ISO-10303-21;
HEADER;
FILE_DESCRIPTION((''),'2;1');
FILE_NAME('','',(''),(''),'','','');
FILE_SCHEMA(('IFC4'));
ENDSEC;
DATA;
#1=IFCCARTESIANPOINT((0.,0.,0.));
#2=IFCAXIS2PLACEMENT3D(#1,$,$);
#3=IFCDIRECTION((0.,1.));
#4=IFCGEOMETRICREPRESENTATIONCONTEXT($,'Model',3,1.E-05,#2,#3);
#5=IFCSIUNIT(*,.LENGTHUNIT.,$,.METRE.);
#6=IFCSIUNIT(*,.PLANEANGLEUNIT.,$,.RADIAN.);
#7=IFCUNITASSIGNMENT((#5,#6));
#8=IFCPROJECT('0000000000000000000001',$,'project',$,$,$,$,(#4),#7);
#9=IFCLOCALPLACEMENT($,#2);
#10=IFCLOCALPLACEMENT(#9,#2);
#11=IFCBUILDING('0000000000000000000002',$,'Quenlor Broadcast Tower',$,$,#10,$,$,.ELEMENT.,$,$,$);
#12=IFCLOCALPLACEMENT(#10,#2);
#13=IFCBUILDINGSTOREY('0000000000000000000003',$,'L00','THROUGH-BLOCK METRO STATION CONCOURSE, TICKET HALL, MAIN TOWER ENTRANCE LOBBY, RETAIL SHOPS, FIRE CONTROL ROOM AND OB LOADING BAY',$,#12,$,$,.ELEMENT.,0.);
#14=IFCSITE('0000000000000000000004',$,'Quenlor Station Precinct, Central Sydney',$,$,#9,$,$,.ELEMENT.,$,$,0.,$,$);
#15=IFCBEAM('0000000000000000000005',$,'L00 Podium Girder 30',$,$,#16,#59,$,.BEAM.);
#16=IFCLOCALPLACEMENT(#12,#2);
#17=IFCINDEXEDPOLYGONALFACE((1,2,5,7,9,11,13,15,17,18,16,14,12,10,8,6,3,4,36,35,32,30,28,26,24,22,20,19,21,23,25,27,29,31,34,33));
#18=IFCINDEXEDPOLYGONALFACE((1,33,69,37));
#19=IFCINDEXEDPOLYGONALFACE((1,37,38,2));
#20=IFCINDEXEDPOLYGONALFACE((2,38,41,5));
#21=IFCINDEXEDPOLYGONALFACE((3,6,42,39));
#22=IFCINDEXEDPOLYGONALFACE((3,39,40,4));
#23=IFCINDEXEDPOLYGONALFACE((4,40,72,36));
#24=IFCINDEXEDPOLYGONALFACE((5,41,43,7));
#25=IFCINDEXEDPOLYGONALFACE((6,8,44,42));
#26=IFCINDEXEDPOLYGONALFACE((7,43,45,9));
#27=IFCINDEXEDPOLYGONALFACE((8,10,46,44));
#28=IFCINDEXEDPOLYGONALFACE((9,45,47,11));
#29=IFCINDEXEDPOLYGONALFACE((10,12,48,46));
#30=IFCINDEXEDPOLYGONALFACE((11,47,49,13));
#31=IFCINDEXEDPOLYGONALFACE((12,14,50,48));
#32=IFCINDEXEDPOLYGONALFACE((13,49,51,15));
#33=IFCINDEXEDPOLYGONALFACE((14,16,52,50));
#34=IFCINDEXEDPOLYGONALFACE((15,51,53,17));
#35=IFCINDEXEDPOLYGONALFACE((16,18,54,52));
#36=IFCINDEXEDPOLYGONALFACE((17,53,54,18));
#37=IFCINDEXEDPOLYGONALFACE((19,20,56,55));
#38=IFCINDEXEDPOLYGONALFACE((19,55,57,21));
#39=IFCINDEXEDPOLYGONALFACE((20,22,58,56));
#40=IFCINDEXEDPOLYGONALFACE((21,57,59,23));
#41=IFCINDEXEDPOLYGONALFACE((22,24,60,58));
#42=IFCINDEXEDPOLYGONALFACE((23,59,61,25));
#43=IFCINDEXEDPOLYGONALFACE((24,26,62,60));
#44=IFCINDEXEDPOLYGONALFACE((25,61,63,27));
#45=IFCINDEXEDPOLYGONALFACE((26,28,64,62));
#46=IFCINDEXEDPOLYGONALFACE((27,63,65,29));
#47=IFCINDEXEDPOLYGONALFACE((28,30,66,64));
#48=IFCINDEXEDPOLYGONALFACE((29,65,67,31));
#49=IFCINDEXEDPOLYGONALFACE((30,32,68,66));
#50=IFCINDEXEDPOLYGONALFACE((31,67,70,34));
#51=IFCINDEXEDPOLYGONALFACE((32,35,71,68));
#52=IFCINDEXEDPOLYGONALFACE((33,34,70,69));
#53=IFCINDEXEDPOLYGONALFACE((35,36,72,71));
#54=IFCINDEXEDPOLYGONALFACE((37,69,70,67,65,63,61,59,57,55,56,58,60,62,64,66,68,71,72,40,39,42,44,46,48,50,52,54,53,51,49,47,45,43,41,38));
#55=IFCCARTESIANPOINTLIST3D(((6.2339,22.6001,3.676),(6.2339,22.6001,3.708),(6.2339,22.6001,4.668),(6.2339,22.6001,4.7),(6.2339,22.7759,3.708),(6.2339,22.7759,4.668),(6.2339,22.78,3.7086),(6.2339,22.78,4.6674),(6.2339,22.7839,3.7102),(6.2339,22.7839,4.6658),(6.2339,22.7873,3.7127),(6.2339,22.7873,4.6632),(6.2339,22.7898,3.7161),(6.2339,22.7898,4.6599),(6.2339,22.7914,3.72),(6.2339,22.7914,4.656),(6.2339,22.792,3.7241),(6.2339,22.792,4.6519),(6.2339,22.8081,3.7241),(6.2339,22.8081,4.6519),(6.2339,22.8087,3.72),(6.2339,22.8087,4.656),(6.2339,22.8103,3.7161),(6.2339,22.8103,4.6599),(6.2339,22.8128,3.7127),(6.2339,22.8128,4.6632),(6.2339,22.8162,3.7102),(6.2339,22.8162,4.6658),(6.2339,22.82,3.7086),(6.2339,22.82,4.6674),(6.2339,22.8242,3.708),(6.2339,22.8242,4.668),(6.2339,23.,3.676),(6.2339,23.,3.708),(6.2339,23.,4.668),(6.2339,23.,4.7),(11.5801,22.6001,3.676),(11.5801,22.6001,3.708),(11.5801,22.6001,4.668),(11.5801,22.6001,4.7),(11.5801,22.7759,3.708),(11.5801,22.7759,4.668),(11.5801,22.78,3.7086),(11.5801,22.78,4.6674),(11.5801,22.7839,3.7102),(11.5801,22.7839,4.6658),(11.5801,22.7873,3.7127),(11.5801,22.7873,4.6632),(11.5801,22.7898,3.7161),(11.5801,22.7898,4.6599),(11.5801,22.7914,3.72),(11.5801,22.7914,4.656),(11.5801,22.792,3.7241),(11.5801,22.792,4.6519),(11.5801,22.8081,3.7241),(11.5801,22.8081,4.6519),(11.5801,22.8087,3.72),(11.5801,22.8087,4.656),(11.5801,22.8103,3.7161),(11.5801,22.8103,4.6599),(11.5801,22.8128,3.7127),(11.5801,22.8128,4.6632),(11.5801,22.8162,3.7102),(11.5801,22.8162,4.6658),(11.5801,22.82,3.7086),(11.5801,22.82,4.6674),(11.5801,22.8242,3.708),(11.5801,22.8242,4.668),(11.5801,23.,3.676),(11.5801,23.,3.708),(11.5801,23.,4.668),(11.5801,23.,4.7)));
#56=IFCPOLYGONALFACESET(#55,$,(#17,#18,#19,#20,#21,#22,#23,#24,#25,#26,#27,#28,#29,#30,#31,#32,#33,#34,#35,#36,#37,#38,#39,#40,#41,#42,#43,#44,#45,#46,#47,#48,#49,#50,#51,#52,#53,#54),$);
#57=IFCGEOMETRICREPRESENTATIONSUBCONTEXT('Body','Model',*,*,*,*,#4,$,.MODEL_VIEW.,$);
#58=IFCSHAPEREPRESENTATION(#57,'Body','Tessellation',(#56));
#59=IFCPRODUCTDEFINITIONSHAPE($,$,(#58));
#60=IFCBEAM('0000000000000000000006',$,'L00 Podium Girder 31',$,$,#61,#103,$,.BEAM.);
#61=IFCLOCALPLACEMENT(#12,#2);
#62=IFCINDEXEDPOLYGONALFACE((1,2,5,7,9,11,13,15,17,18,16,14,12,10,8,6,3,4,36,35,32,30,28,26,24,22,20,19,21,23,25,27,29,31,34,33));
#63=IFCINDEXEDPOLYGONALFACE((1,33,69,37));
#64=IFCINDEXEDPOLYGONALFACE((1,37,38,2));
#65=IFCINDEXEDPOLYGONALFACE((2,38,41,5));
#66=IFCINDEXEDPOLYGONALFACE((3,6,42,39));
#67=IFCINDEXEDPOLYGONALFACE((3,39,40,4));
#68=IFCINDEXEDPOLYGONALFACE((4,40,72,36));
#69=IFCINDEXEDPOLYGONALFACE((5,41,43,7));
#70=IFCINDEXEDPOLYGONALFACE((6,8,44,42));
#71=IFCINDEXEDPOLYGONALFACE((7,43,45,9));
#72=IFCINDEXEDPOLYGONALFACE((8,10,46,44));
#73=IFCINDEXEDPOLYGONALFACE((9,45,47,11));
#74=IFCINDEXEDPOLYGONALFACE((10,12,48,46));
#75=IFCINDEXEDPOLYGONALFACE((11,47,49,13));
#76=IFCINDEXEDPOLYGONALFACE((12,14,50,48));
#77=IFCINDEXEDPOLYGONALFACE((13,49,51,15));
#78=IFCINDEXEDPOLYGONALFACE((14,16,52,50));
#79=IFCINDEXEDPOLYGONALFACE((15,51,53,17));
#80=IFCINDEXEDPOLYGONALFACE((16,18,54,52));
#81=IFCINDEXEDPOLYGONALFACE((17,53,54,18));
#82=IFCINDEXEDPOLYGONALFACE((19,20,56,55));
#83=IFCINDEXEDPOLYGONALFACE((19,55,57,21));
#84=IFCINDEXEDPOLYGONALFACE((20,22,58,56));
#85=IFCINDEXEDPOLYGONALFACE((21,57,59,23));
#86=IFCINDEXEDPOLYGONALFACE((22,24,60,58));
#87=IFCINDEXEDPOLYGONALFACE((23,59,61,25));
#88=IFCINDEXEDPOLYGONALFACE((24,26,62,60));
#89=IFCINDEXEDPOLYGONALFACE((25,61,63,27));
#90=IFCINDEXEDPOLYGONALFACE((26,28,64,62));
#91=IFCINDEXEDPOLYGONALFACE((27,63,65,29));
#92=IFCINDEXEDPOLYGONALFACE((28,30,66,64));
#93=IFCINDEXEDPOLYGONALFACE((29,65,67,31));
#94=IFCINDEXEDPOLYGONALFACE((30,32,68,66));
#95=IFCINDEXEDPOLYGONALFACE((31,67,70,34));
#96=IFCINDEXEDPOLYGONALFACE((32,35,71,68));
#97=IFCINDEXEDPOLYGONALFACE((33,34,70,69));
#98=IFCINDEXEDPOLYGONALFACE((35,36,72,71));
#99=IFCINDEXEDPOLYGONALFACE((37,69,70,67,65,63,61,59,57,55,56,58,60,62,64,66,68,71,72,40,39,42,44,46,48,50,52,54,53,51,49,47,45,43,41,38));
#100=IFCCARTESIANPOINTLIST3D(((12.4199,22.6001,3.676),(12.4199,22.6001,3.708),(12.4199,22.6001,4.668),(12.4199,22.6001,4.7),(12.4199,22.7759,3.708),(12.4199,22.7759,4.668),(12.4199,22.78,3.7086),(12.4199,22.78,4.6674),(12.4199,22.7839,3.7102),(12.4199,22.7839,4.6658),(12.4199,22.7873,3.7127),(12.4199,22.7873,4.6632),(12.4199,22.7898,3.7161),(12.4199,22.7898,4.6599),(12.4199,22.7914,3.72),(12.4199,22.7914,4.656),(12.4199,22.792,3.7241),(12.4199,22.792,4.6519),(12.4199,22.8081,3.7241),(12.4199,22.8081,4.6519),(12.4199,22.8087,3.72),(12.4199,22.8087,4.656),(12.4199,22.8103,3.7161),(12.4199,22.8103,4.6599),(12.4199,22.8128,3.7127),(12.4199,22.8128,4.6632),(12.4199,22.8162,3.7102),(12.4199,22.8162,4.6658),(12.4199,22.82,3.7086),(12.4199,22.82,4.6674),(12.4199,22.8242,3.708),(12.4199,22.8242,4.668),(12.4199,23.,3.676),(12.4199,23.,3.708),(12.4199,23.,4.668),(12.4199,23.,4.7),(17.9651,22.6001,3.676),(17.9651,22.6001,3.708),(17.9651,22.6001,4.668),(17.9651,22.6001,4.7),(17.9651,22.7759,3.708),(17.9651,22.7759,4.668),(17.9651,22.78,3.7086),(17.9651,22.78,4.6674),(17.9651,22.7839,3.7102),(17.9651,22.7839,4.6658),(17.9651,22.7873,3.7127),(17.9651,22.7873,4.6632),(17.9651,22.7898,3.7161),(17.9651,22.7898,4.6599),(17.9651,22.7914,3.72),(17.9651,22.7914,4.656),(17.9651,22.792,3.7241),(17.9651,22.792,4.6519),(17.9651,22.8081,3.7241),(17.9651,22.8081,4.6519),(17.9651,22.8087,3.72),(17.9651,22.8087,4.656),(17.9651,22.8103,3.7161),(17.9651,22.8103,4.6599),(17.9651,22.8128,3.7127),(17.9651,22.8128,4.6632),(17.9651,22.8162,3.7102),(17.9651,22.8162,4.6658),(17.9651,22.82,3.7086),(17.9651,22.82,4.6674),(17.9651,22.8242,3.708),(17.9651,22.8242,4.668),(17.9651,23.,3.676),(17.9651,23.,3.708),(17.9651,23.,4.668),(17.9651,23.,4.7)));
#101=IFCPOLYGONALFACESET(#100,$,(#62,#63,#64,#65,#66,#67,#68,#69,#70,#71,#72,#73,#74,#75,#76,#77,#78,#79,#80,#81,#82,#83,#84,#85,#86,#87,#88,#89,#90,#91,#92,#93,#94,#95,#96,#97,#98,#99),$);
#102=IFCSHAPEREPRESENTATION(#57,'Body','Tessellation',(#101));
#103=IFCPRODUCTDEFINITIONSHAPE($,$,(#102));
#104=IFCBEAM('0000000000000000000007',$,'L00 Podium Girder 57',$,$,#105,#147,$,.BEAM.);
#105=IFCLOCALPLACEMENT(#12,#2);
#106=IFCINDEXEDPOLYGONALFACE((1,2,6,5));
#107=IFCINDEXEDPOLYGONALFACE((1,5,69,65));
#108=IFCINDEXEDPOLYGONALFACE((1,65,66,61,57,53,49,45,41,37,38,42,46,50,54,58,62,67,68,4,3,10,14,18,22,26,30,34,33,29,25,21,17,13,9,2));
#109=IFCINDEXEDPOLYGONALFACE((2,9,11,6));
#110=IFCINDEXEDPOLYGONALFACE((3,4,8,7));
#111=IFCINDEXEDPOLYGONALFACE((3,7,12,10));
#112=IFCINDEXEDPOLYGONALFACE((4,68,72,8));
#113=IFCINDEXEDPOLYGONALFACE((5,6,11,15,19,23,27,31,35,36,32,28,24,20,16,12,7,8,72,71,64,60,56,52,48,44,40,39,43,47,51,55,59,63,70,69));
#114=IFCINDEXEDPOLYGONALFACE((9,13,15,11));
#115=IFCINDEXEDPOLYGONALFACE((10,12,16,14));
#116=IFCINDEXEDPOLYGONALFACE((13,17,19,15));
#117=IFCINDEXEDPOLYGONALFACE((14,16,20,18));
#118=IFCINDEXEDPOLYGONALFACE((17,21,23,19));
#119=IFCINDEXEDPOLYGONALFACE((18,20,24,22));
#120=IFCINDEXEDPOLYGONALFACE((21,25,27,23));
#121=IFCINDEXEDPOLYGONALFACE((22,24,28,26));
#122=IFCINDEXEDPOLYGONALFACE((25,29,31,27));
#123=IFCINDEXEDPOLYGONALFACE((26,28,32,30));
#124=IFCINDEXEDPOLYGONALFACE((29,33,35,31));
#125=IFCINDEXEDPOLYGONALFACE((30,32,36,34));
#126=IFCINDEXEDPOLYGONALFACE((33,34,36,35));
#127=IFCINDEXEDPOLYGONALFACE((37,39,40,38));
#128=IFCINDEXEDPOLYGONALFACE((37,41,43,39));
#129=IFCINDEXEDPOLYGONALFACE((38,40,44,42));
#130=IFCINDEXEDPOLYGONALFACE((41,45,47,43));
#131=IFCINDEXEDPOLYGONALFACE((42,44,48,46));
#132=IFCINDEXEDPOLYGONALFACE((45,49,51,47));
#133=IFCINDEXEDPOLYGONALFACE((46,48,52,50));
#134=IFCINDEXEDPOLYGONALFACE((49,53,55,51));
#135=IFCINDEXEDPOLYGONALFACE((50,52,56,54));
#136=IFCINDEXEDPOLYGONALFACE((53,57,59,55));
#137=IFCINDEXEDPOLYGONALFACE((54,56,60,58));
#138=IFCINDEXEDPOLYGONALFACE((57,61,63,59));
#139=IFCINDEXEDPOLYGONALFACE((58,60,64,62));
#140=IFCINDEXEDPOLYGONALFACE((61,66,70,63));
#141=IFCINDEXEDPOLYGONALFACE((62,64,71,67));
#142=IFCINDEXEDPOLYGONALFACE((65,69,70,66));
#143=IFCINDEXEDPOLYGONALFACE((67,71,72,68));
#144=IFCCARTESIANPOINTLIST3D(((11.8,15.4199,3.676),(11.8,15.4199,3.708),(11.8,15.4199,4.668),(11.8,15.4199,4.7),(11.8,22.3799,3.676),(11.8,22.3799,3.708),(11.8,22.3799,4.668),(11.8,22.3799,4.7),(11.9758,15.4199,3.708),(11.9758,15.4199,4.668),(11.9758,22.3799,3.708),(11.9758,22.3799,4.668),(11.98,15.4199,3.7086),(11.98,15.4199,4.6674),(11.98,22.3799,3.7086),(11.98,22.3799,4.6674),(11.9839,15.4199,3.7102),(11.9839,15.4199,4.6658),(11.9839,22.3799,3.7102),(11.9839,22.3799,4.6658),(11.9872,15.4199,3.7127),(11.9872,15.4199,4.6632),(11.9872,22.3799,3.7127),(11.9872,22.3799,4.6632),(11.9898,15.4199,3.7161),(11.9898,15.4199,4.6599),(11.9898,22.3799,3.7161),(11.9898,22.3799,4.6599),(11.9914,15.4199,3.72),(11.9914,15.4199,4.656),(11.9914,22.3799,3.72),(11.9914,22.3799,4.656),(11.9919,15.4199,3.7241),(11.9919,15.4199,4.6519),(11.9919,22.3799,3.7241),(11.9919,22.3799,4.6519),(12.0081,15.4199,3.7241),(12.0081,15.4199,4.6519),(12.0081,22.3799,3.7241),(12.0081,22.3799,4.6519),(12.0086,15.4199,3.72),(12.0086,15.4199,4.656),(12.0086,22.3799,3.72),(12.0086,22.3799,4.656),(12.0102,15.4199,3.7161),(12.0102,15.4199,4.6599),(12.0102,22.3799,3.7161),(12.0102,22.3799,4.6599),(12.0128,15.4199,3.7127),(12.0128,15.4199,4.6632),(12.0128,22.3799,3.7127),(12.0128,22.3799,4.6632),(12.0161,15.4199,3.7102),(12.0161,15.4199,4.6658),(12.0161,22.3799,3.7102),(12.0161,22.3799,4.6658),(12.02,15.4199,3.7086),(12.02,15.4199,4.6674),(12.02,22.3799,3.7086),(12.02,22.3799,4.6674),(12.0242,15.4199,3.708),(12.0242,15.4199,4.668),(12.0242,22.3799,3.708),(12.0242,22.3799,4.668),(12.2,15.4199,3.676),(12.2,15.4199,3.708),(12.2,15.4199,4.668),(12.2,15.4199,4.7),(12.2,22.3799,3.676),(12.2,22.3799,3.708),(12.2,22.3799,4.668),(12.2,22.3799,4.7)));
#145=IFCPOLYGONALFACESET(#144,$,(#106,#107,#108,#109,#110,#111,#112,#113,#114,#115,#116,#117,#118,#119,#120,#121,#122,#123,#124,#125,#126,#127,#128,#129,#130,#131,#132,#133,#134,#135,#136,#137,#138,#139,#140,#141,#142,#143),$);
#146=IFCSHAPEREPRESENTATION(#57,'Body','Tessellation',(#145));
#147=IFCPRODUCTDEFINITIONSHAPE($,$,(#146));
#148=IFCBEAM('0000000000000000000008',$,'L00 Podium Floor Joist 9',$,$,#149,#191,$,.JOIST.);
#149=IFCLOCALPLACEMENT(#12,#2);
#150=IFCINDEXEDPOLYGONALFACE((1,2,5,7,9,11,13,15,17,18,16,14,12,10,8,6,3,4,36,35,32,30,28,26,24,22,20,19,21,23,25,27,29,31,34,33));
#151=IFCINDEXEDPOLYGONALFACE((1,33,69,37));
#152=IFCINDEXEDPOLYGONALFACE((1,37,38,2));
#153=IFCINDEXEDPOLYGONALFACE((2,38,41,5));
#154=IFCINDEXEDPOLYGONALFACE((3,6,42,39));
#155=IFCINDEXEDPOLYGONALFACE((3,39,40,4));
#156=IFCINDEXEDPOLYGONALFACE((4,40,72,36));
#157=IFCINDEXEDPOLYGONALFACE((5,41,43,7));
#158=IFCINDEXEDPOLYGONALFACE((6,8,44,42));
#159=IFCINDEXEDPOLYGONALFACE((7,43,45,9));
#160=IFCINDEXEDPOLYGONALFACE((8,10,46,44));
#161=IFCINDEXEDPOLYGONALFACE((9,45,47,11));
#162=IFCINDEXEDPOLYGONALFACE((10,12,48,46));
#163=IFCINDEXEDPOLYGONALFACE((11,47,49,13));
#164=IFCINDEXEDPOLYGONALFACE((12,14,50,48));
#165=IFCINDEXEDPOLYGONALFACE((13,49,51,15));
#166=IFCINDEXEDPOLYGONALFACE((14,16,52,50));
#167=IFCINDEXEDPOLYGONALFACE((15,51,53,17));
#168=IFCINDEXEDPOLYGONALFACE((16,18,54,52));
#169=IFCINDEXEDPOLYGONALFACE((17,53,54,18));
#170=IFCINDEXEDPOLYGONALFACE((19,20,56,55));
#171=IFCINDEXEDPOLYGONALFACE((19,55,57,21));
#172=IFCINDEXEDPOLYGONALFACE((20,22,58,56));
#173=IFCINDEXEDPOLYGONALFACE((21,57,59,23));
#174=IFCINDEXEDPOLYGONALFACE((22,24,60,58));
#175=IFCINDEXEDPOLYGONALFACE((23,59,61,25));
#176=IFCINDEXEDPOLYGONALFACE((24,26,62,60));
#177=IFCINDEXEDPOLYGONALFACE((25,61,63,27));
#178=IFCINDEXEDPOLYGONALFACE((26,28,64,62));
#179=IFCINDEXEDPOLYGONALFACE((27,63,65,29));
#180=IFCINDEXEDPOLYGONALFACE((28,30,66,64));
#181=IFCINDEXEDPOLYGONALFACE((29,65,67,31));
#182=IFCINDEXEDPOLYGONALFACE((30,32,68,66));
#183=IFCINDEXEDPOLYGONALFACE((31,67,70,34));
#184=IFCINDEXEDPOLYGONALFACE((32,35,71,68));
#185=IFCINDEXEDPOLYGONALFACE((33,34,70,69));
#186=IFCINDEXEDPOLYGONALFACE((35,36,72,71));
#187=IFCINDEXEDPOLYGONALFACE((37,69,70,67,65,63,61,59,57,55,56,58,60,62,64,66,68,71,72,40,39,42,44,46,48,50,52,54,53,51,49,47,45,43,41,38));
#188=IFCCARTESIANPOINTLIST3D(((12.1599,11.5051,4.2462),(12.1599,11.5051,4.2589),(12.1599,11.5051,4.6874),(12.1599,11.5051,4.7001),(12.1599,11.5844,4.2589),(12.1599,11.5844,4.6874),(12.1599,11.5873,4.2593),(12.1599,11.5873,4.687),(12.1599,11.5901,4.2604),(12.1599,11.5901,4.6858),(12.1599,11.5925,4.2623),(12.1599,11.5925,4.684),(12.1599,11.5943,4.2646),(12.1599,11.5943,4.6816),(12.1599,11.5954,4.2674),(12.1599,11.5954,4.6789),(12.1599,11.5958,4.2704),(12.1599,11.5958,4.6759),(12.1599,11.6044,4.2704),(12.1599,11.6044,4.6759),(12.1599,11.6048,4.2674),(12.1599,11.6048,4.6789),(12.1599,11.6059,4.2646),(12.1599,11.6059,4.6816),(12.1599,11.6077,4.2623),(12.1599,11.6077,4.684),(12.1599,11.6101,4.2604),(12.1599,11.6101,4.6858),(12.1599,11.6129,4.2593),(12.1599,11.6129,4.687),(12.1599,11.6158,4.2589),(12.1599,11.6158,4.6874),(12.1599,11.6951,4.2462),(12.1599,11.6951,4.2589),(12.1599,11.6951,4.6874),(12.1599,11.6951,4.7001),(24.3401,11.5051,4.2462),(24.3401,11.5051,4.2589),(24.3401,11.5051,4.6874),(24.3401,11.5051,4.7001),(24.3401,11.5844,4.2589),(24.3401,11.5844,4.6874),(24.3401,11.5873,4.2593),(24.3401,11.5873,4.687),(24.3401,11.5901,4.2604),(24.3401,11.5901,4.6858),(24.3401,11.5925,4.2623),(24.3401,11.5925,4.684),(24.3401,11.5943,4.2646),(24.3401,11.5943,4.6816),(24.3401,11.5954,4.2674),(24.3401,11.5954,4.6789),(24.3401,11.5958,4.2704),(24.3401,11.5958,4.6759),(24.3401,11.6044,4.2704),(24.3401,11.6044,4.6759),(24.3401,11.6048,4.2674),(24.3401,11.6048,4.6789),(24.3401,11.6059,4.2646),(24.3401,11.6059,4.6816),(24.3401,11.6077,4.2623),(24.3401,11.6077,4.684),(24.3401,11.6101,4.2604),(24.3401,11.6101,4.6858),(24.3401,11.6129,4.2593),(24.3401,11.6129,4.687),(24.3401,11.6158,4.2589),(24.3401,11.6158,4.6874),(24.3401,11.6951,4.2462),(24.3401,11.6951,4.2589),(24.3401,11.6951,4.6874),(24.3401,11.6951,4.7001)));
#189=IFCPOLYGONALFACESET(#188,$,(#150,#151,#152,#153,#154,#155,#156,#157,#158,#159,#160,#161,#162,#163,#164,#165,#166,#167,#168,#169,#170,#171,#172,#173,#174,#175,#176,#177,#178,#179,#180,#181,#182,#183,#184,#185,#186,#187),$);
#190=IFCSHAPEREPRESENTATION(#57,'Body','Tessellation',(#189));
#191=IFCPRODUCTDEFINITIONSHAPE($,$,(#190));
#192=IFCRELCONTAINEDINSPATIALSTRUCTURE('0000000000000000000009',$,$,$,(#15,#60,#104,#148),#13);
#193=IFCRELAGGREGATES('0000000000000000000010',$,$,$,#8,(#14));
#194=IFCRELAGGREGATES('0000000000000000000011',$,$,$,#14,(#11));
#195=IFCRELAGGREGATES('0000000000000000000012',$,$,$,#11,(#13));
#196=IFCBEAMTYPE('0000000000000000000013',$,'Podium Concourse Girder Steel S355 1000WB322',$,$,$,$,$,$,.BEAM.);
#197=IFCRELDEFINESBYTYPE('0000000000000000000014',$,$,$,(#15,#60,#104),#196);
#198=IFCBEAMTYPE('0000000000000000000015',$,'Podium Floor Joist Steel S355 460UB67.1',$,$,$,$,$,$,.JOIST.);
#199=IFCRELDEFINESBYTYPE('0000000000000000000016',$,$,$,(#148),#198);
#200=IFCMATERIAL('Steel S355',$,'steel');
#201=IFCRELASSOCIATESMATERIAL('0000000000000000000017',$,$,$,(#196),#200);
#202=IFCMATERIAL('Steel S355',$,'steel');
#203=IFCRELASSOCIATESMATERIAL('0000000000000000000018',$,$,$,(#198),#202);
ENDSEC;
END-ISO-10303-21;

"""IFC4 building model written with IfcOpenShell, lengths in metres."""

from ifc_helpers import new_model, si_unit, direction, frame, origin, origin_2d, place, context, subcontext, project, spatial, i_section, extrude, material, material_profile, profile_set, type_object, element, save


model = new_model("IFC4")

# Units and contexts
model_context = context("Model", 3, precision=1e-05, world=origin(), true_north=direction((0.0, 1.0)))
body_context = subcontext(model_context, "Body", "Model", "MODEL_VIEW")
ifc_project = project(units=[si_unit("LENGTHUNIT", "METRE"), si_unit("PLANEANGLEUNIT", "RADIAN")], contexts=[model_context])

# Site, building, storey
site_placement = place(None, origin())
site = spatial("IfcSite", under=ifc_project, at=site_placement, Name="Quenlor Station Precinct, Central Sydney", CompositionType="ELEMENT", RefElevation=0.0)
building_placement = place(site_placement, origin())
building = spatial("IfcBuilding", under=site, at=building_placement, Name="Quenlor Broadcast Tower", CompositionType="ELEMENT")
storey_placement = place(building_placement, origin())
storey = spatial("IfcBuildingStorey", under=building, at=storey_placement, Name="L00", Description="THROUGH-BLOCK METRO STATION CONCOURSE, TICKET HALL, MAIN TOWER ENTRANCE LOBBY, RETAIL SHOPS, FIRE CONTROL ROOM AND OB LOADING BAY", CompositionType="ELEMENT", Elevation=0.0)

# Beams
ifc_material_1 = material(Name="Steel S355", Category="steel")
ifc_material_profile_1 = material_profile(ifc_material_1, i_section(OverallWidth=0.3999, OverallDepth=1.0239, WebThickness=0.0161, FlangeThickness=0.032, FilletRadius=0.0161, at=origin_2d()))
ifc_profile_set_1 = profile_set([ifc_material_profile_1], Name="Steel S355 1000WB322")
beam_type_1 = type_object("IfcBeamType", Name="Podium Concourse Girder Steel S355 1000WB322", PredefinedType="BEAM", material=ifc_profile_set_1)
for number, where, z_axis, x_axis, name in (
    (1, (6.2339, 22.8, 4.188), (1.0, 0.0, 0.0), (0.0, 1.0, 0.0), "L00 Podium Girder 30"),
):
    element("IfcBeam", number, at=place(storey_placement, frame(where, z_axis=z_axis, x_axis=x_axis)), inside=storey, type_object=beam_type_1, Name=name, PredefinedType="BEAM", context=body_context, shape_type="SweptSolid", body=[
        extrude(i_section(OverallWidth=0.3999, OverallDepth=1.0239, WebThickness=0.0161, FlangeThickness=0.032, FilletRadius=0.0161, at=origin_2d()), origin(), (0.0, 0.0, 1.0), 5.3462),
    ])
beam_1_placement = place(storey_placement, frame((12.4199, 22.8, 4.188), z_axis=(1.0, 0.0, 0.0), x_axis=(0.0, 1.0, 0.0)))
element("IfcBeam", 2, at=beam_1_placement, inside=storey, type_object=beam_type_1, Name="L00 Podium Girder 31", PredefinedType="BEAM", context=body_context, shape_type="SweptSolid", body=[
    extrude(i_section(OverallWidth=0.3999, OverallDepth=1.0239, WebThickness=0.0161, FlangeThickness=0.032, FilletRadius=0.0161, at=origin_2d()), origin(), (0.0, 0.0, 1.0), 5.5452),
])
beam_2_placement = place(storey_placement, frame((12.0, 15.4199, 4.188), z_axis=(0.0, 1.0, 0.0), x_axis=(-1.0, 0.0, 0.0)))
element("IfcBeam", 3, at=beam_2_placement, inside=storey, type_object=beam_type_1, Name="L00 Podium Girder 57", PredefinedType="BEAM", context=body_context, shape_type="SweptSolid", body=[
    extrude(i_section(OverallWidth=0.3999, OverallDepth=1.0239, WebThickness=0.0161, FlangeThickness=0.032, FilletRadius=0.0161, at=origin_2d()), origin(), (0.0, 0.0, 1.0), 6.96),
])
ifc_material_2 = material(Name="Steel S355", Category="steel")
ifc_material_profile_2 = material_profile(ifc_material_2, i_section(OverallWidth=0.1899, OverallDepth=0.4539, WebThickness=0.0085, FlangeThickness=0.0127, FilletRadius=0.0115, at=origin_2d()))
ifc_profile_set_2 = profile_set([ifc_material_profile_2], Name="Steel S355 460UB67.1")
beam_type_2 = type_object("IfcBeamType", Name="Podium Floor Joist Steel S355 460UB67.1", PredefinedType="JOIST", material=ifc_profile_set_2)
for number, where, z_axis, x_axis, name in (
    (4, (12.1599, 11.6001, 4.4731), (1.0, 0.0, 0.0), (0.0, 1.0, 0.0), "L00 Podium Floor Joist 9"),
):
    element("IfcBeam", number, at=place(storey_placement, frame(where, z_axis=z_axis, x_axis=x_axis)), inside=storey, type_object=beam_type_2, Name=name, PredefinedType="JOIST", context=body_context, shape_type="SweptSolid", body=[
        extrude(i_section(OverallWidth=0.1899, OverallDepth=0.4539, WebThickness=0.0085, FlangeThickness=0.0127, FilletRadius=0.0115, at=origin_2d()), origin(), (0.0, 0.0, 1.0), 12.1802),
    ])

save(model, "model.ifc")
